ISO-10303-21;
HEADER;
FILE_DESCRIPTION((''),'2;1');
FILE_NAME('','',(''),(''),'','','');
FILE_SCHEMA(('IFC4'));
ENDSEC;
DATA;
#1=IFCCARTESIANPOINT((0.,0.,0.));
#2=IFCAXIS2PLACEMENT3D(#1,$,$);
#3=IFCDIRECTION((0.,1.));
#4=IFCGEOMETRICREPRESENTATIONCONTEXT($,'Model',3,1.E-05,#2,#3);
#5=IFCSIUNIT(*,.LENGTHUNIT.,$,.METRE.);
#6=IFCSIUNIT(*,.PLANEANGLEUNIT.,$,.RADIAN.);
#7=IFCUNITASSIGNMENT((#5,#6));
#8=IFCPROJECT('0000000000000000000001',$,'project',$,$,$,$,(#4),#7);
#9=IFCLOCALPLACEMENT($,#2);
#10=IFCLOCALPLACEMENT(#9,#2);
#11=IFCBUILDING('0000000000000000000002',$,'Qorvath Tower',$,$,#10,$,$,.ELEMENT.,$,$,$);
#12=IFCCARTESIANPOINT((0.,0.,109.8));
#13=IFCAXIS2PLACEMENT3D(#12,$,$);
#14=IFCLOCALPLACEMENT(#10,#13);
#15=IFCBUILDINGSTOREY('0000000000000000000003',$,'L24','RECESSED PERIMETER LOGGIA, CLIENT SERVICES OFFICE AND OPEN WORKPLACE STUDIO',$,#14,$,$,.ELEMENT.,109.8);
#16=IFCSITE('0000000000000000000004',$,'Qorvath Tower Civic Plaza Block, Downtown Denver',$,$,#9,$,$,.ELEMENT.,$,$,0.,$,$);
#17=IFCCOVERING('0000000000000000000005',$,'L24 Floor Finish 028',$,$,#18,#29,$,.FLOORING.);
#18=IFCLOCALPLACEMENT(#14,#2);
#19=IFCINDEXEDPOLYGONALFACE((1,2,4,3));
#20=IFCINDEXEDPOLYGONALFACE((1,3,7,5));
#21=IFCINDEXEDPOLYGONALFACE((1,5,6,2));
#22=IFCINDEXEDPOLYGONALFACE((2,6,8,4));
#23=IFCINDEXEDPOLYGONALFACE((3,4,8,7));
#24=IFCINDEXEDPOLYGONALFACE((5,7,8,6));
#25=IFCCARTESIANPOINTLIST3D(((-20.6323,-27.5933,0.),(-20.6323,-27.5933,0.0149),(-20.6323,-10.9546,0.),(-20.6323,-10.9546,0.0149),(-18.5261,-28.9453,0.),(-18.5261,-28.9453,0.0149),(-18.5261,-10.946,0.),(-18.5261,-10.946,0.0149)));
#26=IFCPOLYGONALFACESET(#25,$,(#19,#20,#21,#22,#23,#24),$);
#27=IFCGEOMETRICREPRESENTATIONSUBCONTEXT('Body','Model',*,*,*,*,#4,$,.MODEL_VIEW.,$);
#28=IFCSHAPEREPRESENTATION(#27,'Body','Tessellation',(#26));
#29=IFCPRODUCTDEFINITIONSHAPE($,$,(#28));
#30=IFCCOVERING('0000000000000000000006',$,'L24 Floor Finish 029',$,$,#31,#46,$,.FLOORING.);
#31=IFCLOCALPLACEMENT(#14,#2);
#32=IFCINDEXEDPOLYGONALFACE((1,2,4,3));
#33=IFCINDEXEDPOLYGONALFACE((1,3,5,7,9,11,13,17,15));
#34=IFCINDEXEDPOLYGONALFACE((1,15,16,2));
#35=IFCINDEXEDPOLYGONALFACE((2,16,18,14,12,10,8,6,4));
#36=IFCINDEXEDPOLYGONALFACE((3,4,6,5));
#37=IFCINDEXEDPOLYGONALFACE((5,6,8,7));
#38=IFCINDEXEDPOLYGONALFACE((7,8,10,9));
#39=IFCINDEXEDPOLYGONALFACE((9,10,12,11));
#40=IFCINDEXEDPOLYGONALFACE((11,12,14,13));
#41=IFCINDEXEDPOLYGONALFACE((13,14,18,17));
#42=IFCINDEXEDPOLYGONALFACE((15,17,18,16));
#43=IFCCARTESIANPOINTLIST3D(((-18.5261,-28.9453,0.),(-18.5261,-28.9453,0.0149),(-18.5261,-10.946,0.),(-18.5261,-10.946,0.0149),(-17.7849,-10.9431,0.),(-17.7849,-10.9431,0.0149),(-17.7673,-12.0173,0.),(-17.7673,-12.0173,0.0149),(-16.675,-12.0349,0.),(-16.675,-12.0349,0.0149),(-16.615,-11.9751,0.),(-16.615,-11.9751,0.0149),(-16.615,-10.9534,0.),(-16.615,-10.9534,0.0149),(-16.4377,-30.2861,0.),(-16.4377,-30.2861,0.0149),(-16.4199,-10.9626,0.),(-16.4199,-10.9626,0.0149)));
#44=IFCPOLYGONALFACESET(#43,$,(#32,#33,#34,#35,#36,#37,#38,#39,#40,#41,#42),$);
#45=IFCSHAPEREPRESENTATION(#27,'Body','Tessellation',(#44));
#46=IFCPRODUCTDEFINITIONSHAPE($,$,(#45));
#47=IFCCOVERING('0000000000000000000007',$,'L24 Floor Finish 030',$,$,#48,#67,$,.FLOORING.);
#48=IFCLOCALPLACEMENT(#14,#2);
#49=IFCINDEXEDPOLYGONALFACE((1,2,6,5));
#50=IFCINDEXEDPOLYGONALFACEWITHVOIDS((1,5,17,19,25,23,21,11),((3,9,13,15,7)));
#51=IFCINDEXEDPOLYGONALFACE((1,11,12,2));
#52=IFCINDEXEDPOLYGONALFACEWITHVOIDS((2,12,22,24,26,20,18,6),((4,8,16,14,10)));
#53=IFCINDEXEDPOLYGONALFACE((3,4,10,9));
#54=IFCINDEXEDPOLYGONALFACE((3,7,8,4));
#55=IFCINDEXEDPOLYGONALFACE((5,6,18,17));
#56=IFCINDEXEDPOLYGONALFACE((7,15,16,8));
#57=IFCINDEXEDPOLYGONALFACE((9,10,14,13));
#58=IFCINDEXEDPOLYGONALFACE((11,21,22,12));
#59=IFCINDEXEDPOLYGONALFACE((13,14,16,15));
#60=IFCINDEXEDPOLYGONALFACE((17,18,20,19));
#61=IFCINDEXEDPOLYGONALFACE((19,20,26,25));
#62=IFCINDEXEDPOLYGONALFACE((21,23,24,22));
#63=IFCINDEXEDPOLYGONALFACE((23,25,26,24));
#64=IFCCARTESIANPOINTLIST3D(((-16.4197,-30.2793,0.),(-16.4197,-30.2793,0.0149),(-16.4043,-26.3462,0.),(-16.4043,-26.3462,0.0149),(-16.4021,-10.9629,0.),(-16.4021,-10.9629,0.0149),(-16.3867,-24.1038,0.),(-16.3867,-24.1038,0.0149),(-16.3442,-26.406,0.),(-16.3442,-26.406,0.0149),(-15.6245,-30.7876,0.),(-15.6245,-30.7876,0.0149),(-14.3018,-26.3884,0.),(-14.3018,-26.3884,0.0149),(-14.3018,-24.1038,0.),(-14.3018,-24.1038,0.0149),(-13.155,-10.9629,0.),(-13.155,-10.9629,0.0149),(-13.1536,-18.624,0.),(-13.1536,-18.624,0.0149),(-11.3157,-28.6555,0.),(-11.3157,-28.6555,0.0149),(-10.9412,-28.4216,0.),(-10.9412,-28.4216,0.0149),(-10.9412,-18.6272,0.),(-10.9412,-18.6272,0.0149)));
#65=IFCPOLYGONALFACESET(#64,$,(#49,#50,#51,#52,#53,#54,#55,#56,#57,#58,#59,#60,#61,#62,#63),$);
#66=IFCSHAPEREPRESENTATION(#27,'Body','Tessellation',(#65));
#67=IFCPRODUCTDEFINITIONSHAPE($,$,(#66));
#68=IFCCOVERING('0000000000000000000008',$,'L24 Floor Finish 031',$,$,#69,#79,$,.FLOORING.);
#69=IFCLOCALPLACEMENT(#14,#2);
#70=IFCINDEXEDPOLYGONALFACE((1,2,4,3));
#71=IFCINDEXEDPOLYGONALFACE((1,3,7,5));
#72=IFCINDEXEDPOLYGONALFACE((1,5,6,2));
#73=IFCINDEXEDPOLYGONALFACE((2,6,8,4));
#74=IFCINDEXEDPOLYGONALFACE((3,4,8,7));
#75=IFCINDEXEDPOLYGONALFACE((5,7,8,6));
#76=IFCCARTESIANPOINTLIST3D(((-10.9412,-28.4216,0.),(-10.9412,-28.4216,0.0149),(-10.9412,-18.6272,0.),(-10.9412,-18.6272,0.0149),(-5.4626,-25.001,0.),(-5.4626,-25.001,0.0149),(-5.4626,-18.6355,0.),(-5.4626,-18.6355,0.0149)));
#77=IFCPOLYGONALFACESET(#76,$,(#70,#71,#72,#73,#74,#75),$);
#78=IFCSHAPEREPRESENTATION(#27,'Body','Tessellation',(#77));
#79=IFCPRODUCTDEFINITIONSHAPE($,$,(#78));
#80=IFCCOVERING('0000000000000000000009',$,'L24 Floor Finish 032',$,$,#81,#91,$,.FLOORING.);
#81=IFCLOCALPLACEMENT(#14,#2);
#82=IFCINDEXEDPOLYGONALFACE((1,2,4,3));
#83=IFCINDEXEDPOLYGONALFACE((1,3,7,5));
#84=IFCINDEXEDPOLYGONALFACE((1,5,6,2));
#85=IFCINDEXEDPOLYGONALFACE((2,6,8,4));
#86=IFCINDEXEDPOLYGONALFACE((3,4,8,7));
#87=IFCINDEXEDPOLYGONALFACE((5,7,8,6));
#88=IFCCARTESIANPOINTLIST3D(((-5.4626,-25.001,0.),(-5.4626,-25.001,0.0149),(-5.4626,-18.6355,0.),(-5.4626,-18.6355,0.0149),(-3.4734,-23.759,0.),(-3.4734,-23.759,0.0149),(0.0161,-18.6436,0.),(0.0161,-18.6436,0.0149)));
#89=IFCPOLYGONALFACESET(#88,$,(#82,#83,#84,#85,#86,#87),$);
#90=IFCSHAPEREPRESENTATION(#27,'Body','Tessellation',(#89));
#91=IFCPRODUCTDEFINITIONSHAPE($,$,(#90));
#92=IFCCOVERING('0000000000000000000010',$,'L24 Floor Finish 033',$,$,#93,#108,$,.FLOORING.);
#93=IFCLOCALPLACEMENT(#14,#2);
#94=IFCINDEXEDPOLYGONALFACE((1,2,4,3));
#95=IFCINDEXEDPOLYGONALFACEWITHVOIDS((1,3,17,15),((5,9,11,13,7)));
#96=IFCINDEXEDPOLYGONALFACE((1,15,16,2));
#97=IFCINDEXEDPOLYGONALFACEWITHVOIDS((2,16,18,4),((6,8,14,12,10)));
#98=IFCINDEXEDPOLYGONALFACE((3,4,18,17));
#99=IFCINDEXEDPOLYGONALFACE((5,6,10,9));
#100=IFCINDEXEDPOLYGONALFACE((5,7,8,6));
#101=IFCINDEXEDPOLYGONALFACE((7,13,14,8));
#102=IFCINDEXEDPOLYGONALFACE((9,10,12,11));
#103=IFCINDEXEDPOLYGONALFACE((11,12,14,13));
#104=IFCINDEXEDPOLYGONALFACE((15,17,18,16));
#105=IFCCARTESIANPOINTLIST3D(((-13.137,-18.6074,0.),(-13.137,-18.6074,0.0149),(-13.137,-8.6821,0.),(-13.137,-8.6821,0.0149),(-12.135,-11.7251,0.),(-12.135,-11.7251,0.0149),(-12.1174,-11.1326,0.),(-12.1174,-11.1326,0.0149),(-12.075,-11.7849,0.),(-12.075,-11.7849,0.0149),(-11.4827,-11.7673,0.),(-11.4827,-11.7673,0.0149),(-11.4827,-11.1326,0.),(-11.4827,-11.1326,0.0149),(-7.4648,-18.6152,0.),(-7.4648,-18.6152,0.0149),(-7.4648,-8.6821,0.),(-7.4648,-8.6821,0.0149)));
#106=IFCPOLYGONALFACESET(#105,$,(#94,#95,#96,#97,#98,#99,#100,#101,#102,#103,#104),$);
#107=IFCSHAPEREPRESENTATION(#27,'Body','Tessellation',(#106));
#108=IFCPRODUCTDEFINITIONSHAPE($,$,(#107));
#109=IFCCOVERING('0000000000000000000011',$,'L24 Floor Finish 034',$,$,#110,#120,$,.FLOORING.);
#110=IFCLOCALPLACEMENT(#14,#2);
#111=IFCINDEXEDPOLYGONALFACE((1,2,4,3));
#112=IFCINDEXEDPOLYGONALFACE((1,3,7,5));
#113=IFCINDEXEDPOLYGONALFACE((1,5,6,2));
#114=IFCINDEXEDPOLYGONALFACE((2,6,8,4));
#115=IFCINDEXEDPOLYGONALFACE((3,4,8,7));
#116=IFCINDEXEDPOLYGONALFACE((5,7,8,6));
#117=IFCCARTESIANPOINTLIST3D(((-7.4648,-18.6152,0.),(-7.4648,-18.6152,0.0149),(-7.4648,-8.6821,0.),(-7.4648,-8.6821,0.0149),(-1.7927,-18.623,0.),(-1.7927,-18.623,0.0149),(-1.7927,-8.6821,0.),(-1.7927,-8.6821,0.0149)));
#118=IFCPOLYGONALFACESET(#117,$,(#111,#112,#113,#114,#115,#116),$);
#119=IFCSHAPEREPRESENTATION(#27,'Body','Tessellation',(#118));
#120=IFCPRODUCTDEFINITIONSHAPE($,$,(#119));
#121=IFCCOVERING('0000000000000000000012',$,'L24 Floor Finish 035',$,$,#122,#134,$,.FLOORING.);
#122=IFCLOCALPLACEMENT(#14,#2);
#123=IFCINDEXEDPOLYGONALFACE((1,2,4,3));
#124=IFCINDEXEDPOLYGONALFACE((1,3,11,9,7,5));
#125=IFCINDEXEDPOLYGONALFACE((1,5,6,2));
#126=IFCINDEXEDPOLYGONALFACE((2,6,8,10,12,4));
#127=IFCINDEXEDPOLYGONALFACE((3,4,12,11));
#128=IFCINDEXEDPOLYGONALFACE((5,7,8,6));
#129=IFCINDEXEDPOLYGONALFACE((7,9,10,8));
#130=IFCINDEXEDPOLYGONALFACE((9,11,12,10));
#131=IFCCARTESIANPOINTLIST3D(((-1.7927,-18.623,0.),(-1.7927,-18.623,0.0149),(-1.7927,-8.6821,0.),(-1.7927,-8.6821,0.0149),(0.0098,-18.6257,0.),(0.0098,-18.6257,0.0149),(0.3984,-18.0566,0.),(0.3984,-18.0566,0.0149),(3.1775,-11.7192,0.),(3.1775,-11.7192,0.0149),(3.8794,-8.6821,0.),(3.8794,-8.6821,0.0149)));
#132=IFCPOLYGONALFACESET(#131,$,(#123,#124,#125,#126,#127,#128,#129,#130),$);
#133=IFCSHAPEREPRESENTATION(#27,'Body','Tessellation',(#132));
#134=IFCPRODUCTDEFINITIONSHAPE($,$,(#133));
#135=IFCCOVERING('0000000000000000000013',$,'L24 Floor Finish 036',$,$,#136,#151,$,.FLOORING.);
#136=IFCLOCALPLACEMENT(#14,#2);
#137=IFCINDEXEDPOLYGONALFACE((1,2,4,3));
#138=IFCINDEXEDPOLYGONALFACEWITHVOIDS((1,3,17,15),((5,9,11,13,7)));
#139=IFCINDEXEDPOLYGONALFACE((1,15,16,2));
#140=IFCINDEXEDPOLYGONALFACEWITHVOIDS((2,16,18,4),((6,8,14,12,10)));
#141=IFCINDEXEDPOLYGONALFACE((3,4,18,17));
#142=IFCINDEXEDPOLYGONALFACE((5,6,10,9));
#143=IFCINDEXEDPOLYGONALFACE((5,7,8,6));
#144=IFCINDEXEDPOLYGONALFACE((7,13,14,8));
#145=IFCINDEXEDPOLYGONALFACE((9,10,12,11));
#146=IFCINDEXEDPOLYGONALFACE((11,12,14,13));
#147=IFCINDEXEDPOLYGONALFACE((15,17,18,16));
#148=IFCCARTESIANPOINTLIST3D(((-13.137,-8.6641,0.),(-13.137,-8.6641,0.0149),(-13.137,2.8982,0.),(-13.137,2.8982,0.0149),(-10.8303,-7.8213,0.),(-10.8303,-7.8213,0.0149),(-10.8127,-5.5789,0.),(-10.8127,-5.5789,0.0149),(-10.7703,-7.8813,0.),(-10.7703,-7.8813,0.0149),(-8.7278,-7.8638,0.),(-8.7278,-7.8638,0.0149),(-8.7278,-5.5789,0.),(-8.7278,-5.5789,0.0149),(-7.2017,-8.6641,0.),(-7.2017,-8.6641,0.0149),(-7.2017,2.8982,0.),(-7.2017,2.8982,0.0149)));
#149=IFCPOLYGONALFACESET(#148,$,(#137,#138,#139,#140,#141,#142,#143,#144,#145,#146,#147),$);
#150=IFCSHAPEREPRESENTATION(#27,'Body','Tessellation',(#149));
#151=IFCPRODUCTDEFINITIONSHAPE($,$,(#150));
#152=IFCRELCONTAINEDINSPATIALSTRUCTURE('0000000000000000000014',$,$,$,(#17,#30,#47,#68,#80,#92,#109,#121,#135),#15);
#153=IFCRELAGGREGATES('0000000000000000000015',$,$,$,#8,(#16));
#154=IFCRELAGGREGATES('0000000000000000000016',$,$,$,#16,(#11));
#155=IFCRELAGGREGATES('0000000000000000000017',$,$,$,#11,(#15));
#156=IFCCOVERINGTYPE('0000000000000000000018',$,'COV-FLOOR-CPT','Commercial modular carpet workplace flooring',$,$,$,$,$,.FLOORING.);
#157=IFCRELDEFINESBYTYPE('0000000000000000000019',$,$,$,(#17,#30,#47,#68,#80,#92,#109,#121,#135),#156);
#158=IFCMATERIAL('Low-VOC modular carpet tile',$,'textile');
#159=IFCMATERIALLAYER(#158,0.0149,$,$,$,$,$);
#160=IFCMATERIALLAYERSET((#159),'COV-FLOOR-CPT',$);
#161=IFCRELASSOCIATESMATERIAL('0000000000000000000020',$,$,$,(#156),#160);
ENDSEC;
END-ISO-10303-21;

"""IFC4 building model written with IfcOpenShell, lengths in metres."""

from ifc_helpers import new_model, si_unit, direction, frame, origin, place, context, subcontext, project, spatial, polyline, outline, extrude, material, layer, layer_set, type_object, element, save


model = new_model("IFC4")

# Units and contexts
model_context = context("Model", 3, precision=1e-05, world=origin(), true_north=direction((0.0, 1.0)))
body_context = subcontext(model_context, "Body", "Model", "MODEL_VIEW")
ifc_project = project(units=[si_unit("LENGTHUNIT", "METRE"), si_unit("PLANEANGLEUNIT", "RADIAN")], contexts=[model_context])

# Site, building, storey
site_placement = place(None, origin())
site = spatial("IfcSite", under=ifc_project, at=site_placement, Name="Qorvath Tower Civic Plaza Block, Downtown Denver", CompositionType="ELEMENT", RefElevation=0.0)
building_placement = place(site_placement, origin())
building = spatial("IfcBuilding", under=site, at=building_placement, Name="Qorvath Tower", CompositionType="ELEMENT")
storey_placement = place(building_placement, frame((0.0, 0.0, 109.8)))
storey = spatial("IfcBuildingStorey", under=building, at=storey_placement, Name="L24", Description="RECESSED PERIMETER LOGGIA, CLIENT SERVICES OFFICE AND OPEN WORKPLACE STUDIO", CompositionType="ELEMENT", Elevation=109.8)

# Coverings
ifc_material_1 = material(Name="Low-VOC modular carpet tile", Category="textile")
ifc_layer_1 = layer(ifc_material_1, 0.0149)
ifc_layer_set_1 = layer_set([ifc_layer_1], Name="COV-FLOOR-CPT")
covering_type_1 = type_object("IfcCoveringType", Name="COV-FLOOR-CPT", Description="Commercial modular carpet workplace flooring", PredefinedType="FLOORING", material=ifc_layer_set_1)
covering_1_placement = place(storey_placement, origin())
element("IfcCovering", 1, at=covering_1_placement, inside=storey, type_object=covering_type_1, Name="L24 Floor Finish 028", PredefinedType="FLOORING", context=body_context, shape_type="SweptSolid", body=[
    extrude(outline(polyline([(-18.5261, -28.9453), (-18.5261, -10.946), (-20.6323, -10.9546), (-20.6323, -27.5933), (-18.5261, -28.9453)])), origin(), (0.0, 0.0, 1.0), 0.0149),
])
covering_2_placement = place(storey_placement, origin())
element("IfcCovering", 2, at=covering_2_placement, inside=storey, type_object=covering_type_1, Name="L24 Floor Finish 029", PredefinedType="FLOORING", context=body_context, shape_type="SweptSolid", body=[
    extrude(outline(polyline([(-16.4377, -30.2861), (-16.4199, -10.9626), (-16.615, -10.9534), (-16.615, -11.9751), (-16.675, -12.0349), (-17.7673, -12.0173), (-17.7849, -10.9431), (-18.5261, -10.946), (-18.5261, -28.9453), (-16.4377, -30.2861)])), origin(), (0.0, 0.0, 1.0), 0.0149),
])
covering_3_placement = place(storey_placement, origin())
element("IfcCovering", 3, at=covering_3_placement, inside=storey, type_object=covering_type_1, Name="L24 Floor Finish 030", PredefinedType="FLOORING", context=body_context, shape_type="SweptSolid", body=[
    extrude(outline(polyline([(-16.4197, -30.2793), (-15.6245, -30.7876), (-11.3157, -28.6555), (-10.9412, -28.4216), (-10.9412, -18.6272), (-13.1536, -18.624), (-13.155, -10.9629), (-16.4021, -10.9629), (-16.4197, -30.2793)]), holes=[polyline([(-16.4043, -26.3462), (-16.3867, -24.1038), (-14.3018, -24.1038), (-14.3018, -26.3884), (-16.3442, -26.406), (-16.4043, -26.3462)])]), origin(), (0.0, 0.0, 1.0), 0.0149),
])
covering_4_placement = place(storey_placement, origin())
element("IfcCovering", 4, at=covering_4_placement, inside=storey, type_object=covering_type_1, Name="L24 Floor Finish 031", PredefinedType="FLOORING", context=body_context, shape_type="SweptSolid", body=[
    extrude(outline(polyline([(-10.9412, -18.6272), (-10.9412, -28.4216), (-5.4626, -25.001), (-5.4626, -18.6355), (-10.9412, -18.6272)])), origin(), (0.0, 0.0, 1.0), 0.0149),
])
covering_5_placement = place(storey_placement, origin())
element("IfcCovering", 5, at=covering_5_placement, inside=storey, type_object=covering_type_1, Name="L24 Floor Finish 032", PredefinedType="FLOORING", context=body_context, shape_type="SweptSolid", body=[
    extrude(outline(polyline([(-5.4626, -18.6355), (-5.4626, -25.001), (-3.4734, -23.759), (0.0161, -18.6436), (-5.4626, -18.6355)])), origin(), (0.0, 0.0, 1.0), 0.0149),
])
covering_6_placement = place(storey_placement, origin())
element("IfcCovering", 6, at=covering_6_placement, inside=storey, type_object=covering_type_1, Name="L24 Floor Finish 033", PredefinedType="FLOORING", context=body_context, shape_type="SweptSolid", body=[
    extrude(outline(polyline([(-13.137, -18.6074), (-7.4648, -18.6152), (-7.4648, -8.6821), (-13.137, -8.6821), (-13.137, -18.6074)]), holes=[polyline([(-12.135, -11.7251), (-12.1174, -11.1326), (-11.4827, -11.1326), (-11.4827, -11.7673), (-12.075, -11.7849), (-12.135, -11.7251)])]), origin(), (0.0, 0.0, 1.0), 0.0149),
])
covering_7_placement = place(storey_placement, origin())
element("IfcCovering", 7, at=covering_7_placement, inside=storey, type_object=covering_type_1, Name="L24 Floor Finish 034", PredefinedType="FLOORING", context=body_context, shape_type="SweptSolid", body=[
    extrude(outline(polyline([(-7.4648, -8.6821), (-7.4648, -18.6152), (-1.7927, -18.623), (-1.7927, -8.6821), (-7.4648, -8.6821)])), origin(), (0.0, 0.0, 1.0), 0.0149),
])
covering_8_placement = place(storey_placement, origin())
element("IfcCovering", 8, at=covering_8_placement, inside=storey, type_object=covering_type_1, Name="L24 Floor Finish 035", PredefinedType="FLOORING", context=body_context, shape_type="SweptSolid", body=[
    extrude(outline(polyline([(-1.7927, -8.6821), (-1.7927, -18.623), (0.0098, -18.6257), (0.3984, -18.0566), (3.1775, -11.7192), (3.8794, -8.6821), (-1.7927, -8.6821)])), origin(), (0.0, 0.0, 1.0), 0.0149),
])
covering_9_placement = place(storey_placement, origin())
element("IfcCovering", 9, at=covering_9_placement, inside=storey, type_object=covering_type_1, Name="L24 Floor Finish 036", PredefinedType="FLOORING", context=body_context, shape_type="SweptSolid", body=[
    extrude(outline(polyline([(-7.2017, -8.6641), (-7.2017, 2.8982), (-13.137, 2.8982), (-13.137, -8.6641), (-7.2017, -8.6641)]), holes=[polyline([(-10.8303, -7.8213), (-10.8127, -5.5789), (-8.7278, -5.5789), (-8.7278, -7.8638), (-10.7703, -7.8813), (-10.8303, -7.8213)])]), origin(), (0.0, 0.0, 1.0), 0.0149),
])

save(model, "model.ifc")
